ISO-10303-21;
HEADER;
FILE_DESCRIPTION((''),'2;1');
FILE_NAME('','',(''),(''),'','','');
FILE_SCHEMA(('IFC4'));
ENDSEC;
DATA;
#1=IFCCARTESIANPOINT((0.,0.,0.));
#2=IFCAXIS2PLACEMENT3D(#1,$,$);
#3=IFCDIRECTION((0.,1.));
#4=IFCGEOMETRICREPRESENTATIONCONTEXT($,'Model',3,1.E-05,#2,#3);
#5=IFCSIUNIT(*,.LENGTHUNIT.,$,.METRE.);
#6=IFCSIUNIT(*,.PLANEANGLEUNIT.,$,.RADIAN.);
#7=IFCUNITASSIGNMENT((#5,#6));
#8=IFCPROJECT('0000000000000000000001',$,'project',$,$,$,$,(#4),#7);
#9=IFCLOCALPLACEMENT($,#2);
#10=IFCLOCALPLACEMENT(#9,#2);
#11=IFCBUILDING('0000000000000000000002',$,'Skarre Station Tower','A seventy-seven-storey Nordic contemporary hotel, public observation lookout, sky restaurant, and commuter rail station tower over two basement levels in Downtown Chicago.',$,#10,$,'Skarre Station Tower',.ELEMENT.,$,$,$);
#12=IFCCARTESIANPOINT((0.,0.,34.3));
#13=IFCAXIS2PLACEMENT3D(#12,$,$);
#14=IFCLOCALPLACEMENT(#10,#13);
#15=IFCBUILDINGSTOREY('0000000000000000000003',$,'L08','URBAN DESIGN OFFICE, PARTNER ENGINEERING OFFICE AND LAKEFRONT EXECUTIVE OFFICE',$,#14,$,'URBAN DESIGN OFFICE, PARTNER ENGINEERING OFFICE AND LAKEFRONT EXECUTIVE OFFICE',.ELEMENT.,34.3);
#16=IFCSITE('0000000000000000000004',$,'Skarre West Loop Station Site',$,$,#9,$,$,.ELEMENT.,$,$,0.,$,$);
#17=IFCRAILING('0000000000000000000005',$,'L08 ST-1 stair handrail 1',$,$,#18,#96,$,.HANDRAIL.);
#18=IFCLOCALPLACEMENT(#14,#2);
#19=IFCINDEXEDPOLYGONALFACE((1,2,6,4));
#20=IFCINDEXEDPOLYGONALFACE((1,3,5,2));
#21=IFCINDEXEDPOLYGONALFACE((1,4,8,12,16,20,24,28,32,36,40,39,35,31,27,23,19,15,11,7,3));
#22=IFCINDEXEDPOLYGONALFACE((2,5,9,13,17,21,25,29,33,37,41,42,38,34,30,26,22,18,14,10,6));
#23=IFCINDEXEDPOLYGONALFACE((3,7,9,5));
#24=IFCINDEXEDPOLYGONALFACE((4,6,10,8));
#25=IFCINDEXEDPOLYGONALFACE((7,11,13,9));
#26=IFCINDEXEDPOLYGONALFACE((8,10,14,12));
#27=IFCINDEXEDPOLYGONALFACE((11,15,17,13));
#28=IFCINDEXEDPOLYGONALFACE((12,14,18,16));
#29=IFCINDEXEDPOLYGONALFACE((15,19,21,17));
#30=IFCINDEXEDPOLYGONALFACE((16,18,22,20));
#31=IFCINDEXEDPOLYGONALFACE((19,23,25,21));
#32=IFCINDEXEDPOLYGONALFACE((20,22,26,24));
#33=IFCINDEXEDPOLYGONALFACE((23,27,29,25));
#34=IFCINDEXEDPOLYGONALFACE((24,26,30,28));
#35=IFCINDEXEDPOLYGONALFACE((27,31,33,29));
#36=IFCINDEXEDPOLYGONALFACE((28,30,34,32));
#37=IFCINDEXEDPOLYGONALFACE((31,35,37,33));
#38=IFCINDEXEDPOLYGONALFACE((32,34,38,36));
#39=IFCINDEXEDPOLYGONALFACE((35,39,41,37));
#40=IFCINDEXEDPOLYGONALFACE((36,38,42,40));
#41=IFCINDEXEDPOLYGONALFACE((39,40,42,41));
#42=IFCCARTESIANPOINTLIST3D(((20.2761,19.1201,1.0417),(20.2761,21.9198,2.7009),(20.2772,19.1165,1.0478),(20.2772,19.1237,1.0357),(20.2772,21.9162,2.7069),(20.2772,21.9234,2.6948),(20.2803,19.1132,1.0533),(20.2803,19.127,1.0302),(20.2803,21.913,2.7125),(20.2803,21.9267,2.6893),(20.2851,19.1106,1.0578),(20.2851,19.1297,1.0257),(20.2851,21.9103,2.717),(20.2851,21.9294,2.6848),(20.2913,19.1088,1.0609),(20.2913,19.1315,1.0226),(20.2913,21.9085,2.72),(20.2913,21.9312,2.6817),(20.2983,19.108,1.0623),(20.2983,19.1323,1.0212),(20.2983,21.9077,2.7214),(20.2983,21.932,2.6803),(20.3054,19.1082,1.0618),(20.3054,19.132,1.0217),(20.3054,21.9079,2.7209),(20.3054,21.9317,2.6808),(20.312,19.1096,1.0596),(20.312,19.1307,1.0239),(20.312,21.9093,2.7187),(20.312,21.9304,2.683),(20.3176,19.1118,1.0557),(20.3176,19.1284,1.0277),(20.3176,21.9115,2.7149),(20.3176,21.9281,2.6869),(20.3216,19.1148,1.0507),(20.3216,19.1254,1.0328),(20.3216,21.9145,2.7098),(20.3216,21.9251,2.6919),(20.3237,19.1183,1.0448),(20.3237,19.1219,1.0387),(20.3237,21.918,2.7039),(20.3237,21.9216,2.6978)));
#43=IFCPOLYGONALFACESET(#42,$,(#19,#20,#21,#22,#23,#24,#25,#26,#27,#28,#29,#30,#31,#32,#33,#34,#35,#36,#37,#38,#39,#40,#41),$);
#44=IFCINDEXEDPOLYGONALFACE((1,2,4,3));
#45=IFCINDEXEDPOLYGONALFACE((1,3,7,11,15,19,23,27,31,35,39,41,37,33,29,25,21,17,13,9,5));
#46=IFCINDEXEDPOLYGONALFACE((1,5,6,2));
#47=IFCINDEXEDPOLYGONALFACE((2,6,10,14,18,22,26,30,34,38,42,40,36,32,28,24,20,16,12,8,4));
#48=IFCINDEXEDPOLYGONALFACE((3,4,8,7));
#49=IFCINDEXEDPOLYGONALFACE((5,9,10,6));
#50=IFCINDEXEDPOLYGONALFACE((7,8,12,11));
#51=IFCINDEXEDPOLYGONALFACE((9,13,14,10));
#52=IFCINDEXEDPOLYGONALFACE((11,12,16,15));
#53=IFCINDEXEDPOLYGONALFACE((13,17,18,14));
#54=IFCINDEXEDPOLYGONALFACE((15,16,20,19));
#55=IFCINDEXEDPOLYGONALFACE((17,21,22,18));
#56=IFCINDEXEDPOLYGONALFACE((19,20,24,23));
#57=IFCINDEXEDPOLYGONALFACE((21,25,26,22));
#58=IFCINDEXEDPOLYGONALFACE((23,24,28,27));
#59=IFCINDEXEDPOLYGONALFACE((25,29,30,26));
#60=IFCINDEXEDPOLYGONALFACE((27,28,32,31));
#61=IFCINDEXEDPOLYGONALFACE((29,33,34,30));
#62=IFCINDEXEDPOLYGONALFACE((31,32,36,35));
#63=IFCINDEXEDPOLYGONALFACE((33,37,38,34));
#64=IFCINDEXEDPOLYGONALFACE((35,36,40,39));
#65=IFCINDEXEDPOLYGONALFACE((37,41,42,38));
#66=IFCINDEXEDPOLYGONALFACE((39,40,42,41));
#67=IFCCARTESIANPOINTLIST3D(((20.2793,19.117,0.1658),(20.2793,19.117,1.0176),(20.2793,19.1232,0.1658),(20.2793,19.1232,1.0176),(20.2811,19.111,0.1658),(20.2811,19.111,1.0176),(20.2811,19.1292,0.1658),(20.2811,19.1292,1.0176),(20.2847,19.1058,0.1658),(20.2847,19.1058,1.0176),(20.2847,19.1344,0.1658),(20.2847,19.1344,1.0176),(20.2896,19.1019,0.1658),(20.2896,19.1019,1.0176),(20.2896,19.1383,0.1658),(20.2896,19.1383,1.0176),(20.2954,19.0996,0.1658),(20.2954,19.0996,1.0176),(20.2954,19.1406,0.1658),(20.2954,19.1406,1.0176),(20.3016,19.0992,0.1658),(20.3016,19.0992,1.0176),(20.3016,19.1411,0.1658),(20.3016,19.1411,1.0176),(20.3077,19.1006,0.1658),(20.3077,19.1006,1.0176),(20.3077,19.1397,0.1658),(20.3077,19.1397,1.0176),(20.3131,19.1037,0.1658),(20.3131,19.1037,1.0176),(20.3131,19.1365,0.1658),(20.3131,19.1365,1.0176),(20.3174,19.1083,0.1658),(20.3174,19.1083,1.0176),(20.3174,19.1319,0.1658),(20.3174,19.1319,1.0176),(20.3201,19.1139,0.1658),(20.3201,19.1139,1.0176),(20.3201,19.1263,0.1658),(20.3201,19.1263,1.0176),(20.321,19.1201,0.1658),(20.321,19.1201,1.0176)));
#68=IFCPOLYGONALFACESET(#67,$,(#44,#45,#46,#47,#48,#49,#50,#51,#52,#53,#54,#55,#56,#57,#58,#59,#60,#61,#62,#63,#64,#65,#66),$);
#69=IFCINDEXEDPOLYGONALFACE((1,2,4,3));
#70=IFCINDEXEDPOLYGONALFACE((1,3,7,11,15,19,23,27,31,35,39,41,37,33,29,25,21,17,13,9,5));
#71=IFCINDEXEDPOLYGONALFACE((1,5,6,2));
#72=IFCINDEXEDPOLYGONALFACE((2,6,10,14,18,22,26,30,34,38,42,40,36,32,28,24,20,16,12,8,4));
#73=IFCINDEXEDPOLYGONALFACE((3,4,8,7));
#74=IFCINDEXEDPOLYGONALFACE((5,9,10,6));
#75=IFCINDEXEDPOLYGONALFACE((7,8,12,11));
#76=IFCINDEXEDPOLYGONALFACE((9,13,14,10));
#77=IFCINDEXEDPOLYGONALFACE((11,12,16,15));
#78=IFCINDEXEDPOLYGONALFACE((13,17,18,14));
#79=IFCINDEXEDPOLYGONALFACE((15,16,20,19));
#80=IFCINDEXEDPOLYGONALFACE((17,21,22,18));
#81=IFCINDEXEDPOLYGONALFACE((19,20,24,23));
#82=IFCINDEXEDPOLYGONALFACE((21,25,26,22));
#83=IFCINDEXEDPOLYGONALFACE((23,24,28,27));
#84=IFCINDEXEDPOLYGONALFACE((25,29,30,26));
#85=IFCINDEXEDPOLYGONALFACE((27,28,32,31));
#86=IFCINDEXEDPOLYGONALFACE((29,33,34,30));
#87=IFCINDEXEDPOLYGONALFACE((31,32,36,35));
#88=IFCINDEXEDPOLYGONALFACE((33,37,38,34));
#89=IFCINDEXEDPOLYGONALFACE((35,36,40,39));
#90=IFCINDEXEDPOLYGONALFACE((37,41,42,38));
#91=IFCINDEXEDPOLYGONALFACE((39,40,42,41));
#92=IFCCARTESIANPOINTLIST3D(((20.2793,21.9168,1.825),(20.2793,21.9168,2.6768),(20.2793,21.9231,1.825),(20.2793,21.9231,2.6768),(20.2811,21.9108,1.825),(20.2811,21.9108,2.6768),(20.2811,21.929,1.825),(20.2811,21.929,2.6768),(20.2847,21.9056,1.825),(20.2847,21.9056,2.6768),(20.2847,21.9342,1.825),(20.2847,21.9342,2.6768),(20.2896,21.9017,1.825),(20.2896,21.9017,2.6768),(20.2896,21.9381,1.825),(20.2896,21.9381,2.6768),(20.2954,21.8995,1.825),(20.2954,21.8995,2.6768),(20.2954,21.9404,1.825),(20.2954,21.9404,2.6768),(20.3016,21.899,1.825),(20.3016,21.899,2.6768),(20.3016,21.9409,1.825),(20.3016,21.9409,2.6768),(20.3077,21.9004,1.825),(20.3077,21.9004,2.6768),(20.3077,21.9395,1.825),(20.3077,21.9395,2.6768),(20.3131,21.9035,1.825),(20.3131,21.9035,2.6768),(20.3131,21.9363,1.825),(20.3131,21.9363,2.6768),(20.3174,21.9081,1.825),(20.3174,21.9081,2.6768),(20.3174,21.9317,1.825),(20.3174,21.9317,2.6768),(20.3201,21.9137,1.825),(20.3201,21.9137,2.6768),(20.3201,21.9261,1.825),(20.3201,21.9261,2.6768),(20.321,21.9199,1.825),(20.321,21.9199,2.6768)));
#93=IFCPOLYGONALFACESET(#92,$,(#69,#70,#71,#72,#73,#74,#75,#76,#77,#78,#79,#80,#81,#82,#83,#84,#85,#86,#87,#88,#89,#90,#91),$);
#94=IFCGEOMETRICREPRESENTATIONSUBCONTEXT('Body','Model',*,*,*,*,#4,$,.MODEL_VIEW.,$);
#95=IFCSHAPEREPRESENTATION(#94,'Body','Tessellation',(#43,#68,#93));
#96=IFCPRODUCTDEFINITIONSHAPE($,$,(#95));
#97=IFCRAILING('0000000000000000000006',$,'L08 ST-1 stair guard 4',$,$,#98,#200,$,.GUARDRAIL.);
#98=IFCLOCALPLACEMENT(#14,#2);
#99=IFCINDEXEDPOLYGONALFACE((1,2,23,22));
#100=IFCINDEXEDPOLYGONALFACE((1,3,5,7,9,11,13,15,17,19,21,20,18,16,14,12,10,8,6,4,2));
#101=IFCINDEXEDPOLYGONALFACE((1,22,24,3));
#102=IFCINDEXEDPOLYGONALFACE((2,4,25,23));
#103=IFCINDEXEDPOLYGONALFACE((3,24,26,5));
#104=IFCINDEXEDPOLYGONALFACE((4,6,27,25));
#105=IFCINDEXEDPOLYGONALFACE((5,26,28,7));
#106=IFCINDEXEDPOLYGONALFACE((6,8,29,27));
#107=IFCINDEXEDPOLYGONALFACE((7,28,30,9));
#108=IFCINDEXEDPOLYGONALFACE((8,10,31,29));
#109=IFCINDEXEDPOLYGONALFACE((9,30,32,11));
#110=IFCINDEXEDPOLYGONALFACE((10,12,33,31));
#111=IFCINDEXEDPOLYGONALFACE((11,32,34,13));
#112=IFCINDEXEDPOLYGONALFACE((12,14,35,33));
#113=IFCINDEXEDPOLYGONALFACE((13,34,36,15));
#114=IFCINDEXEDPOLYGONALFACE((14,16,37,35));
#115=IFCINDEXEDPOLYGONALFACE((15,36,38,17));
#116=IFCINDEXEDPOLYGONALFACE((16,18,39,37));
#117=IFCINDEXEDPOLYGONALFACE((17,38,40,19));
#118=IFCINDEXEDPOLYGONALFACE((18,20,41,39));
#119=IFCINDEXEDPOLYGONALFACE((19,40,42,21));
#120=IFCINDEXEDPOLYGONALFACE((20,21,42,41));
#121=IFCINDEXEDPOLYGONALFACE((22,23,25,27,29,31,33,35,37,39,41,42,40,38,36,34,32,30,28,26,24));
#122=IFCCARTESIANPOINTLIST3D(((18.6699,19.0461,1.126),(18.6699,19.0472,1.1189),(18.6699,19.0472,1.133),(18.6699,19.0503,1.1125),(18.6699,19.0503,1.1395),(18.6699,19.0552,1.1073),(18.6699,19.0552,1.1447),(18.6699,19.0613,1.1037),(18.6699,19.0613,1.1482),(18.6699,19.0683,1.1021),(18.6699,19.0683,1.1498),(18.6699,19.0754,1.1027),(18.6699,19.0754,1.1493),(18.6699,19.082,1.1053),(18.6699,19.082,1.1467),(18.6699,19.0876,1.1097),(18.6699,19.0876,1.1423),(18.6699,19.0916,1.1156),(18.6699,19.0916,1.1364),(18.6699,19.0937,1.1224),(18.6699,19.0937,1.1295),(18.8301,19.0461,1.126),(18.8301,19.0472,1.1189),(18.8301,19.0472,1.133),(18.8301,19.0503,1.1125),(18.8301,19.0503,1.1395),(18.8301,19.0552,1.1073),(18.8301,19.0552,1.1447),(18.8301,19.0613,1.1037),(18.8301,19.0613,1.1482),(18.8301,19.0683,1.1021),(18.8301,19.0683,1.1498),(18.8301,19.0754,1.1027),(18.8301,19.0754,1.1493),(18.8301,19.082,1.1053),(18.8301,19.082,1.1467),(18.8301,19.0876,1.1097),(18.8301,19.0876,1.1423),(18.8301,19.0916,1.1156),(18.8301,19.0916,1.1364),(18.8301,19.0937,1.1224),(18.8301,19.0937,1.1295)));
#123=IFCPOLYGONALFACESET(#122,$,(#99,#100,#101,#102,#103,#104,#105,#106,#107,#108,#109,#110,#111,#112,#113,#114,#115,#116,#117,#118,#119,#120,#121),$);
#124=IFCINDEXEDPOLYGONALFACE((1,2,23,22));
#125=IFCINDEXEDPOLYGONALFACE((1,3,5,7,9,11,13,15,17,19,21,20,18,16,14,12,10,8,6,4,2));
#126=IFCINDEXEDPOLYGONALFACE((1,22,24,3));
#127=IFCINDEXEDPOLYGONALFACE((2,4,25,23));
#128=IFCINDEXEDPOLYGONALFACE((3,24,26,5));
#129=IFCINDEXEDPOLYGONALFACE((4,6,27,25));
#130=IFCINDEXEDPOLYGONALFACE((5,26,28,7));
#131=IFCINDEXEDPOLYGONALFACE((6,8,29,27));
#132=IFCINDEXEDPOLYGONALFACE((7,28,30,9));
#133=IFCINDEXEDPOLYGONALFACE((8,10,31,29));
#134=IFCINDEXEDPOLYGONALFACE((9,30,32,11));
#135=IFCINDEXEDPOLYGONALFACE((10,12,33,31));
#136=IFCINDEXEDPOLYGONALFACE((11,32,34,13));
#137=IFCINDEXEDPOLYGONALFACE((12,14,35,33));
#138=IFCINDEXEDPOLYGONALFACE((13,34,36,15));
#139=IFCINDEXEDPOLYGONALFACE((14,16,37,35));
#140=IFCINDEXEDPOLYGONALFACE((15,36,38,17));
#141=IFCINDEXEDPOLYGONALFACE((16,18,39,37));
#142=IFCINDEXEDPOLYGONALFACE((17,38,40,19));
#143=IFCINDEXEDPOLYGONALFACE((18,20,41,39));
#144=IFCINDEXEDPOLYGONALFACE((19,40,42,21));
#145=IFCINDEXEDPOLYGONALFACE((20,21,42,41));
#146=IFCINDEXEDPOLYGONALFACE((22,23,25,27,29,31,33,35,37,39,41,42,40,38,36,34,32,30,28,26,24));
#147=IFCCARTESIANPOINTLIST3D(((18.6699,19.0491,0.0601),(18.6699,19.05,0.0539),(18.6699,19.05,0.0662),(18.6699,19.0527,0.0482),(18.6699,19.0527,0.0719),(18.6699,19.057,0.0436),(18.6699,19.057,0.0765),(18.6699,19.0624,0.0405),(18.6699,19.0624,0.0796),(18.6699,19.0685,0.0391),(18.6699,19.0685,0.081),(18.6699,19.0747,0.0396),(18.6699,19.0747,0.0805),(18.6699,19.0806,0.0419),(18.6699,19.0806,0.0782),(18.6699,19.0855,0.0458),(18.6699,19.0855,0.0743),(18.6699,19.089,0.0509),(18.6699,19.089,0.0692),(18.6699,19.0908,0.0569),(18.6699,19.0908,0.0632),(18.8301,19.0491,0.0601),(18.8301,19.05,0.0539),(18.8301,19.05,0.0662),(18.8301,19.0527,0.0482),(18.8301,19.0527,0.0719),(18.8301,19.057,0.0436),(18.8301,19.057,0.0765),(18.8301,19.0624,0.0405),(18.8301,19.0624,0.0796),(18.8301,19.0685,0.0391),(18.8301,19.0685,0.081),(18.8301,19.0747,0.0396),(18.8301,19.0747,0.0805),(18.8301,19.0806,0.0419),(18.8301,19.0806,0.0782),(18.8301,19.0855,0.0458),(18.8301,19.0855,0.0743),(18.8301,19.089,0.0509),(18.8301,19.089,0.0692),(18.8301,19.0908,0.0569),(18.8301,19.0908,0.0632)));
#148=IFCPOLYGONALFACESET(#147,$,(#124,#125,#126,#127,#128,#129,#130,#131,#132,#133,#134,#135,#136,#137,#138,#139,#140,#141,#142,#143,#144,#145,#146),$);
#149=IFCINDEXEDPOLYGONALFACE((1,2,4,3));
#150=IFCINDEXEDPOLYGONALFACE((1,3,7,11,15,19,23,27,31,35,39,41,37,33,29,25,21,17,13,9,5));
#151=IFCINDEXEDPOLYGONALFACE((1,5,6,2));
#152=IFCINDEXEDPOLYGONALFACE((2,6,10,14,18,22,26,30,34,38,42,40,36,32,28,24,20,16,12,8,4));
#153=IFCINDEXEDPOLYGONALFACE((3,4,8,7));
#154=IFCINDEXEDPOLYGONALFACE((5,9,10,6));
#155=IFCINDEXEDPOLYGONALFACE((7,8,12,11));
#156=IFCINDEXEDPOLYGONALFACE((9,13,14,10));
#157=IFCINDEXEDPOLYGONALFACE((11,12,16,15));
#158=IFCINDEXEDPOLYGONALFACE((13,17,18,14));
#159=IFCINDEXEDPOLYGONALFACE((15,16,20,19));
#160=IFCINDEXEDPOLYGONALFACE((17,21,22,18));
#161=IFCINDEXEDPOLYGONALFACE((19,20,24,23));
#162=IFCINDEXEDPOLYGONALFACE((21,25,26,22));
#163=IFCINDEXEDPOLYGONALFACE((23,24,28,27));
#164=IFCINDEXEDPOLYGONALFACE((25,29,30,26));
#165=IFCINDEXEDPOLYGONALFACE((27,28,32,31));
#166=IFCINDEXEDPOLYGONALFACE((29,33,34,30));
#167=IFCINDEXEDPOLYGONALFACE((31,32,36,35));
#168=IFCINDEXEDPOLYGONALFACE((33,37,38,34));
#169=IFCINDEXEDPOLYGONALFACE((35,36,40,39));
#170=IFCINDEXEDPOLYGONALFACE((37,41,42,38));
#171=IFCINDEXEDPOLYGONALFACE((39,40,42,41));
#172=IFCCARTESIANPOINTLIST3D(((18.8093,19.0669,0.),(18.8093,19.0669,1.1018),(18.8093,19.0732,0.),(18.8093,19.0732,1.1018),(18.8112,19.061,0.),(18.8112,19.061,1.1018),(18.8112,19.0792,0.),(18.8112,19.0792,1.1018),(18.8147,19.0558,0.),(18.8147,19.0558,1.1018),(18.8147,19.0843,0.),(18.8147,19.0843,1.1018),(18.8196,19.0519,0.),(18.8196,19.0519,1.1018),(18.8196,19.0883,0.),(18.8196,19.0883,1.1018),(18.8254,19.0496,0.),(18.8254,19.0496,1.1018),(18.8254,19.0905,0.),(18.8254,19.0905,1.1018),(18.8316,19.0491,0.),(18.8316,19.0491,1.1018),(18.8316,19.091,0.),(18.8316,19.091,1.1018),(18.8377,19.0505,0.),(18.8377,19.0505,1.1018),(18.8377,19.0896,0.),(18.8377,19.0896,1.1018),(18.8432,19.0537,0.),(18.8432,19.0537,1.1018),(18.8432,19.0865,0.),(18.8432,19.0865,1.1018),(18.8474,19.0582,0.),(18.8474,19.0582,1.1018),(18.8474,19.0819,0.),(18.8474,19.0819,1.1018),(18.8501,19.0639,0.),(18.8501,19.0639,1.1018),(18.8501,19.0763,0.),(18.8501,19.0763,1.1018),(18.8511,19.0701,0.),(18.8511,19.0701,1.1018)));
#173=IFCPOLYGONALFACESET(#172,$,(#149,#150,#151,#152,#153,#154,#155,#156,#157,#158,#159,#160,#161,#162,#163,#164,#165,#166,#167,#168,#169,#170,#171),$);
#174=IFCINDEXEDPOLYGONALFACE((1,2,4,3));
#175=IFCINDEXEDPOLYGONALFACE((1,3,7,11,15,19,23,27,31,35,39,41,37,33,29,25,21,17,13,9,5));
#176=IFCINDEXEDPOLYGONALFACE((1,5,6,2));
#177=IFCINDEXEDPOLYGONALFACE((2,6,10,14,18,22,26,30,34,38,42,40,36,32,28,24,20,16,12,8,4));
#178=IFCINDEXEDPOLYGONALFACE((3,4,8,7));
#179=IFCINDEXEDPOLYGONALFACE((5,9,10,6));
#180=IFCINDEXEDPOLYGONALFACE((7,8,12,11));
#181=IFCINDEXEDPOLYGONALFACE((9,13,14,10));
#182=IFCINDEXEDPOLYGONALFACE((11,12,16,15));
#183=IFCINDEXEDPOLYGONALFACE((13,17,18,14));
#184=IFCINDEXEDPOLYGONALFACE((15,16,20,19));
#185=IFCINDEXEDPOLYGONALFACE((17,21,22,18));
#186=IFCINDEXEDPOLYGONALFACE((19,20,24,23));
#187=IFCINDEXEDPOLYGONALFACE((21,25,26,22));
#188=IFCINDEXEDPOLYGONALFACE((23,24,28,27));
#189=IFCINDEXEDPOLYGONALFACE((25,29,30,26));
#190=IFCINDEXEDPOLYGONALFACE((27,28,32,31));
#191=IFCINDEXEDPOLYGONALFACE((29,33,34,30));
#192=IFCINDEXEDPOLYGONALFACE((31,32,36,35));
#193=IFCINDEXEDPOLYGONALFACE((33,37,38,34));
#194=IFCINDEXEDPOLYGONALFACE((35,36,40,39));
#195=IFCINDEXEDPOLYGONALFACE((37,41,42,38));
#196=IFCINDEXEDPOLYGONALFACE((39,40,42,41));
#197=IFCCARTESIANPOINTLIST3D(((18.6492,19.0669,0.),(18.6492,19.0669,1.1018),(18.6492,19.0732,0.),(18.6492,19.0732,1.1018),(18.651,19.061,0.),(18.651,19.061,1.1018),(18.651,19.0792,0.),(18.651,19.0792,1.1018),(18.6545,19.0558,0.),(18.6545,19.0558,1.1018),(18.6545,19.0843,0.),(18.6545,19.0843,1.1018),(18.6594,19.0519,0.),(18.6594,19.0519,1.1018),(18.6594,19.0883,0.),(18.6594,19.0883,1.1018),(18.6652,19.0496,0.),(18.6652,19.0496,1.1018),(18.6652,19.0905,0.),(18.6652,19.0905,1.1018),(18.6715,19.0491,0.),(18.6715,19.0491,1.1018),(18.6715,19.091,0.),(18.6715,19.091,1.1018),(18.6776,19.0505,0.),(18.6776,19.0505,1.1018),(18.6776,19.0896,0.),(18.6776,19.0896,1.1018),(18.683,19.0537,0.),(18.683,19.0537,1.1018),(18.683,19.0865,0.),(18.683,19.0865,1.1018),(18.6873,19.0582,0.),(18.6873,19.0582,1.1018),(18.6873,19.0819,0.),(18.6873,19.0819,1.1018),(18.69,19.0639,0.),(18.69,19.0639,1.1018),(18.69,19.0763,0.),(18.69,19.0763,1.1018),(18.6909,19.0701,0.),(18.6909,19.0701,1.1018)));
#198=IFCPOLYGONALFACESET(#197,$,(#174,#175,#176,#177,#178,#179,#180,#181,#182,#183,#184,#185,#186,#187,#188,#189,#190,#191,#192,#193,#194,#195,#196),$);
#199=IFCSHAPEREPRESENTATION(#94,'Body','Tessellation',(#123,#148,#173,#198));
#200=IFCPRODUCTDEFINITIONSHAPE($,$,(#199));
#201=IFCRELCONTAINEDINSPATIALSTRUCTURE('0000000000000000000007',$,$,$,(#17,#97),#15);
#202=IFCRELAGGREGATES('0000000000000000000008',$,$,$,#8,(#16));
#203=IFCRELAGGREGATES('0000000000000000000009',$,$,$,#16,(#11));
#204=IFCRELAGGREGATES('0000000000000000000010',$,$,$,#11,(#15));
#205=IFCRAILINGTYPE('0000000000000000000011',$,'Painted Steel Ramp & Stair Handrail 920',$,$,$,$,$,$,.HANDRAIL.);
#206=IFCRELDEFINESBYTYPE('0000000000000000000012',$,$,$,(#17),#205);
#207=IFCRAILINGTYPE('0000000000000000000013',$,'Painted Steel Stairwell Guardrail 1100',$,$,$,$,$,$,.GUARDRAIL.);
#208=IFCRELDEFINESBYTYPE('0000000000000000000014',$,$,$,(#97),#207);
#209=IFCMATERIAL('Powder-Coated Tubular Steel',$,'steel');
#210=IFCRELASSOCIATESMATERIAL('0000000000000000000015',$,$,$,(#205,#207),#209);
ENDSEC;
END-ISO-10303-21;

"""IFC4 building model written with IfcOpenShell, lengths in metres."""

from ifc_helpers import new_model, si_unit, direction, frame, origin, origin_2d, place, context, subcontext, project, spatial, circle, extrude, material, type_object, element, save


model = new_model("IFC4")

# Units and contexts
model_context = context("Model", 3, precision=1e-05, world=origin(), true_north=direction((0.0, 1.0)))
body_context = subcontext(model_context, "Body", "Model", "MODEL_VIEW")
ifc_project = project(units=[si_unit("LENGTHUNIT", "METRE"), si_unit("PLANEANGLEUNIT", "RADIAN")], contexts=[model_context])

# Site, building, storey
site_placement = place(None, origin())
site = spatial("IfcSite", under=ifc_project, at=site_placement, Name="Skarre West Loop Station Site", CompositionType="ELEMENT", RefElevation=0.0)
building_placement = place(site_placement, origin())
building = spatial("IfcBuilding", under=site, at=building_placement, Name="Skarre Station Tower", Description="A seventy-seven-storey Nordic contemporary hotel, public observation lookout, sky restaurant, and commuter rail station tower over two basement levels in Downtown Chicago.", LongName="Skarre Station Tower", CompositionType="ELEMENT")
storey_placement = place(building_placement, frame((0.0, 0.0, 34.3)))
storey = spatial("IfcBuildingStorey", under=building, at=storey_placement, Name="L08", Description="URBAN DESIGN OFFICE, PARTNER ENGINEERING OFFICE AND LAKEFRONT EXECUTIVE OFFICE", LongName="URBAN DESIGN OFFICE, PARTNER ENGINEERING OFFICE AND LAKEFRONT EXECUTIVE OFFICE", CompositionType="ELEMENT", Elevation=34.3)

# Railings
ifc_material_1 = material(Name="Powder-Coated Tubular Steel", Category="steel")
railing_type_1 = type_object("IfcRailingType", Name="Painted Steel Ramp & Stair Handrail 920", PredefinedType="HANDRAIL", material=ifc_material_1)
railing_1_placement = place(storey_placement, frame((20.3, 19.1201, 0.1658)))
element("IfcRailing", 1, at=railing_1_placement, inside=storey, type_object=railing_type_1, Name="L08 ST-1 stair handrail 1", PredefinedType="HANDRAIL", context=body_context, shape_type="SweptSolid", body=[
    extrude(circle(Radius=0.0239, at=origin_2d()), frame((0.0, 0.0, 0.876), z_axis=(0.0, 0.860287, 0.509811), x_axis=(-1.0, 0.0, 0.0)), (0.0, 0.0, 1.0), 3.2544),
    extrude(circle(Radius=0.021, at=origin_2d()), origin(), (0.0, 0.0, 1.0), 0.8518),
    extrude(circle(Radius=0.021, at=origin_2d()), frame((0.0, 2.7998, 1.6592)), (0.0, 0.0, 1.0), 0.8518),
])
railing_type_2 = type_object("IfcRailingType", Name="Painted Steel Stairwell Guardrail 1100", PredefinedType="GUARDRAIL", material=ifc_material_1)
railing_2_placement = place(storey_placement, frame((18.8301, 19.0701, 0.0)))
element("IfcRailing", 2, at=railing_2_placement, inside=storey, type_object=railing_type_2, Name="L08 ST-1 stair guard 4", PredefinedType="GUARDRAIL", context=body_context, shape_type="SweptSolid", body=[
    extrude(circle(Radius=0.0239, at=origin_2d()), frame((0.0, 0.0, 1.126), z_axis=(-1.0, 0.0, 0.0), x_axis=(0.0, -1.0, 0.0)), (0.0, 0.0, 1.0), 0.1602),
    extrude(circle(Radius=0.021, at=origin_2d()), frame((0.0, 0.0, 0.0601), z_axis=(-1.0, 0.0, 0.0), x_axis=(0.0, -1.0, 0.0)), (0.0, 0.0, 1.0), 0.1602),
    extrude(circle(Radius=0.021, at=origin_2d()), origin(), (0.0, 0.0, 1.0), 1.1018),
    extrude(circle(Radius=0.021, at=origin_2d()), frame((-0.1602, 0.0, 0.0)), (0.0, 0.0, 1.0), 1.1018),
])

save(model, "model.ifc")
